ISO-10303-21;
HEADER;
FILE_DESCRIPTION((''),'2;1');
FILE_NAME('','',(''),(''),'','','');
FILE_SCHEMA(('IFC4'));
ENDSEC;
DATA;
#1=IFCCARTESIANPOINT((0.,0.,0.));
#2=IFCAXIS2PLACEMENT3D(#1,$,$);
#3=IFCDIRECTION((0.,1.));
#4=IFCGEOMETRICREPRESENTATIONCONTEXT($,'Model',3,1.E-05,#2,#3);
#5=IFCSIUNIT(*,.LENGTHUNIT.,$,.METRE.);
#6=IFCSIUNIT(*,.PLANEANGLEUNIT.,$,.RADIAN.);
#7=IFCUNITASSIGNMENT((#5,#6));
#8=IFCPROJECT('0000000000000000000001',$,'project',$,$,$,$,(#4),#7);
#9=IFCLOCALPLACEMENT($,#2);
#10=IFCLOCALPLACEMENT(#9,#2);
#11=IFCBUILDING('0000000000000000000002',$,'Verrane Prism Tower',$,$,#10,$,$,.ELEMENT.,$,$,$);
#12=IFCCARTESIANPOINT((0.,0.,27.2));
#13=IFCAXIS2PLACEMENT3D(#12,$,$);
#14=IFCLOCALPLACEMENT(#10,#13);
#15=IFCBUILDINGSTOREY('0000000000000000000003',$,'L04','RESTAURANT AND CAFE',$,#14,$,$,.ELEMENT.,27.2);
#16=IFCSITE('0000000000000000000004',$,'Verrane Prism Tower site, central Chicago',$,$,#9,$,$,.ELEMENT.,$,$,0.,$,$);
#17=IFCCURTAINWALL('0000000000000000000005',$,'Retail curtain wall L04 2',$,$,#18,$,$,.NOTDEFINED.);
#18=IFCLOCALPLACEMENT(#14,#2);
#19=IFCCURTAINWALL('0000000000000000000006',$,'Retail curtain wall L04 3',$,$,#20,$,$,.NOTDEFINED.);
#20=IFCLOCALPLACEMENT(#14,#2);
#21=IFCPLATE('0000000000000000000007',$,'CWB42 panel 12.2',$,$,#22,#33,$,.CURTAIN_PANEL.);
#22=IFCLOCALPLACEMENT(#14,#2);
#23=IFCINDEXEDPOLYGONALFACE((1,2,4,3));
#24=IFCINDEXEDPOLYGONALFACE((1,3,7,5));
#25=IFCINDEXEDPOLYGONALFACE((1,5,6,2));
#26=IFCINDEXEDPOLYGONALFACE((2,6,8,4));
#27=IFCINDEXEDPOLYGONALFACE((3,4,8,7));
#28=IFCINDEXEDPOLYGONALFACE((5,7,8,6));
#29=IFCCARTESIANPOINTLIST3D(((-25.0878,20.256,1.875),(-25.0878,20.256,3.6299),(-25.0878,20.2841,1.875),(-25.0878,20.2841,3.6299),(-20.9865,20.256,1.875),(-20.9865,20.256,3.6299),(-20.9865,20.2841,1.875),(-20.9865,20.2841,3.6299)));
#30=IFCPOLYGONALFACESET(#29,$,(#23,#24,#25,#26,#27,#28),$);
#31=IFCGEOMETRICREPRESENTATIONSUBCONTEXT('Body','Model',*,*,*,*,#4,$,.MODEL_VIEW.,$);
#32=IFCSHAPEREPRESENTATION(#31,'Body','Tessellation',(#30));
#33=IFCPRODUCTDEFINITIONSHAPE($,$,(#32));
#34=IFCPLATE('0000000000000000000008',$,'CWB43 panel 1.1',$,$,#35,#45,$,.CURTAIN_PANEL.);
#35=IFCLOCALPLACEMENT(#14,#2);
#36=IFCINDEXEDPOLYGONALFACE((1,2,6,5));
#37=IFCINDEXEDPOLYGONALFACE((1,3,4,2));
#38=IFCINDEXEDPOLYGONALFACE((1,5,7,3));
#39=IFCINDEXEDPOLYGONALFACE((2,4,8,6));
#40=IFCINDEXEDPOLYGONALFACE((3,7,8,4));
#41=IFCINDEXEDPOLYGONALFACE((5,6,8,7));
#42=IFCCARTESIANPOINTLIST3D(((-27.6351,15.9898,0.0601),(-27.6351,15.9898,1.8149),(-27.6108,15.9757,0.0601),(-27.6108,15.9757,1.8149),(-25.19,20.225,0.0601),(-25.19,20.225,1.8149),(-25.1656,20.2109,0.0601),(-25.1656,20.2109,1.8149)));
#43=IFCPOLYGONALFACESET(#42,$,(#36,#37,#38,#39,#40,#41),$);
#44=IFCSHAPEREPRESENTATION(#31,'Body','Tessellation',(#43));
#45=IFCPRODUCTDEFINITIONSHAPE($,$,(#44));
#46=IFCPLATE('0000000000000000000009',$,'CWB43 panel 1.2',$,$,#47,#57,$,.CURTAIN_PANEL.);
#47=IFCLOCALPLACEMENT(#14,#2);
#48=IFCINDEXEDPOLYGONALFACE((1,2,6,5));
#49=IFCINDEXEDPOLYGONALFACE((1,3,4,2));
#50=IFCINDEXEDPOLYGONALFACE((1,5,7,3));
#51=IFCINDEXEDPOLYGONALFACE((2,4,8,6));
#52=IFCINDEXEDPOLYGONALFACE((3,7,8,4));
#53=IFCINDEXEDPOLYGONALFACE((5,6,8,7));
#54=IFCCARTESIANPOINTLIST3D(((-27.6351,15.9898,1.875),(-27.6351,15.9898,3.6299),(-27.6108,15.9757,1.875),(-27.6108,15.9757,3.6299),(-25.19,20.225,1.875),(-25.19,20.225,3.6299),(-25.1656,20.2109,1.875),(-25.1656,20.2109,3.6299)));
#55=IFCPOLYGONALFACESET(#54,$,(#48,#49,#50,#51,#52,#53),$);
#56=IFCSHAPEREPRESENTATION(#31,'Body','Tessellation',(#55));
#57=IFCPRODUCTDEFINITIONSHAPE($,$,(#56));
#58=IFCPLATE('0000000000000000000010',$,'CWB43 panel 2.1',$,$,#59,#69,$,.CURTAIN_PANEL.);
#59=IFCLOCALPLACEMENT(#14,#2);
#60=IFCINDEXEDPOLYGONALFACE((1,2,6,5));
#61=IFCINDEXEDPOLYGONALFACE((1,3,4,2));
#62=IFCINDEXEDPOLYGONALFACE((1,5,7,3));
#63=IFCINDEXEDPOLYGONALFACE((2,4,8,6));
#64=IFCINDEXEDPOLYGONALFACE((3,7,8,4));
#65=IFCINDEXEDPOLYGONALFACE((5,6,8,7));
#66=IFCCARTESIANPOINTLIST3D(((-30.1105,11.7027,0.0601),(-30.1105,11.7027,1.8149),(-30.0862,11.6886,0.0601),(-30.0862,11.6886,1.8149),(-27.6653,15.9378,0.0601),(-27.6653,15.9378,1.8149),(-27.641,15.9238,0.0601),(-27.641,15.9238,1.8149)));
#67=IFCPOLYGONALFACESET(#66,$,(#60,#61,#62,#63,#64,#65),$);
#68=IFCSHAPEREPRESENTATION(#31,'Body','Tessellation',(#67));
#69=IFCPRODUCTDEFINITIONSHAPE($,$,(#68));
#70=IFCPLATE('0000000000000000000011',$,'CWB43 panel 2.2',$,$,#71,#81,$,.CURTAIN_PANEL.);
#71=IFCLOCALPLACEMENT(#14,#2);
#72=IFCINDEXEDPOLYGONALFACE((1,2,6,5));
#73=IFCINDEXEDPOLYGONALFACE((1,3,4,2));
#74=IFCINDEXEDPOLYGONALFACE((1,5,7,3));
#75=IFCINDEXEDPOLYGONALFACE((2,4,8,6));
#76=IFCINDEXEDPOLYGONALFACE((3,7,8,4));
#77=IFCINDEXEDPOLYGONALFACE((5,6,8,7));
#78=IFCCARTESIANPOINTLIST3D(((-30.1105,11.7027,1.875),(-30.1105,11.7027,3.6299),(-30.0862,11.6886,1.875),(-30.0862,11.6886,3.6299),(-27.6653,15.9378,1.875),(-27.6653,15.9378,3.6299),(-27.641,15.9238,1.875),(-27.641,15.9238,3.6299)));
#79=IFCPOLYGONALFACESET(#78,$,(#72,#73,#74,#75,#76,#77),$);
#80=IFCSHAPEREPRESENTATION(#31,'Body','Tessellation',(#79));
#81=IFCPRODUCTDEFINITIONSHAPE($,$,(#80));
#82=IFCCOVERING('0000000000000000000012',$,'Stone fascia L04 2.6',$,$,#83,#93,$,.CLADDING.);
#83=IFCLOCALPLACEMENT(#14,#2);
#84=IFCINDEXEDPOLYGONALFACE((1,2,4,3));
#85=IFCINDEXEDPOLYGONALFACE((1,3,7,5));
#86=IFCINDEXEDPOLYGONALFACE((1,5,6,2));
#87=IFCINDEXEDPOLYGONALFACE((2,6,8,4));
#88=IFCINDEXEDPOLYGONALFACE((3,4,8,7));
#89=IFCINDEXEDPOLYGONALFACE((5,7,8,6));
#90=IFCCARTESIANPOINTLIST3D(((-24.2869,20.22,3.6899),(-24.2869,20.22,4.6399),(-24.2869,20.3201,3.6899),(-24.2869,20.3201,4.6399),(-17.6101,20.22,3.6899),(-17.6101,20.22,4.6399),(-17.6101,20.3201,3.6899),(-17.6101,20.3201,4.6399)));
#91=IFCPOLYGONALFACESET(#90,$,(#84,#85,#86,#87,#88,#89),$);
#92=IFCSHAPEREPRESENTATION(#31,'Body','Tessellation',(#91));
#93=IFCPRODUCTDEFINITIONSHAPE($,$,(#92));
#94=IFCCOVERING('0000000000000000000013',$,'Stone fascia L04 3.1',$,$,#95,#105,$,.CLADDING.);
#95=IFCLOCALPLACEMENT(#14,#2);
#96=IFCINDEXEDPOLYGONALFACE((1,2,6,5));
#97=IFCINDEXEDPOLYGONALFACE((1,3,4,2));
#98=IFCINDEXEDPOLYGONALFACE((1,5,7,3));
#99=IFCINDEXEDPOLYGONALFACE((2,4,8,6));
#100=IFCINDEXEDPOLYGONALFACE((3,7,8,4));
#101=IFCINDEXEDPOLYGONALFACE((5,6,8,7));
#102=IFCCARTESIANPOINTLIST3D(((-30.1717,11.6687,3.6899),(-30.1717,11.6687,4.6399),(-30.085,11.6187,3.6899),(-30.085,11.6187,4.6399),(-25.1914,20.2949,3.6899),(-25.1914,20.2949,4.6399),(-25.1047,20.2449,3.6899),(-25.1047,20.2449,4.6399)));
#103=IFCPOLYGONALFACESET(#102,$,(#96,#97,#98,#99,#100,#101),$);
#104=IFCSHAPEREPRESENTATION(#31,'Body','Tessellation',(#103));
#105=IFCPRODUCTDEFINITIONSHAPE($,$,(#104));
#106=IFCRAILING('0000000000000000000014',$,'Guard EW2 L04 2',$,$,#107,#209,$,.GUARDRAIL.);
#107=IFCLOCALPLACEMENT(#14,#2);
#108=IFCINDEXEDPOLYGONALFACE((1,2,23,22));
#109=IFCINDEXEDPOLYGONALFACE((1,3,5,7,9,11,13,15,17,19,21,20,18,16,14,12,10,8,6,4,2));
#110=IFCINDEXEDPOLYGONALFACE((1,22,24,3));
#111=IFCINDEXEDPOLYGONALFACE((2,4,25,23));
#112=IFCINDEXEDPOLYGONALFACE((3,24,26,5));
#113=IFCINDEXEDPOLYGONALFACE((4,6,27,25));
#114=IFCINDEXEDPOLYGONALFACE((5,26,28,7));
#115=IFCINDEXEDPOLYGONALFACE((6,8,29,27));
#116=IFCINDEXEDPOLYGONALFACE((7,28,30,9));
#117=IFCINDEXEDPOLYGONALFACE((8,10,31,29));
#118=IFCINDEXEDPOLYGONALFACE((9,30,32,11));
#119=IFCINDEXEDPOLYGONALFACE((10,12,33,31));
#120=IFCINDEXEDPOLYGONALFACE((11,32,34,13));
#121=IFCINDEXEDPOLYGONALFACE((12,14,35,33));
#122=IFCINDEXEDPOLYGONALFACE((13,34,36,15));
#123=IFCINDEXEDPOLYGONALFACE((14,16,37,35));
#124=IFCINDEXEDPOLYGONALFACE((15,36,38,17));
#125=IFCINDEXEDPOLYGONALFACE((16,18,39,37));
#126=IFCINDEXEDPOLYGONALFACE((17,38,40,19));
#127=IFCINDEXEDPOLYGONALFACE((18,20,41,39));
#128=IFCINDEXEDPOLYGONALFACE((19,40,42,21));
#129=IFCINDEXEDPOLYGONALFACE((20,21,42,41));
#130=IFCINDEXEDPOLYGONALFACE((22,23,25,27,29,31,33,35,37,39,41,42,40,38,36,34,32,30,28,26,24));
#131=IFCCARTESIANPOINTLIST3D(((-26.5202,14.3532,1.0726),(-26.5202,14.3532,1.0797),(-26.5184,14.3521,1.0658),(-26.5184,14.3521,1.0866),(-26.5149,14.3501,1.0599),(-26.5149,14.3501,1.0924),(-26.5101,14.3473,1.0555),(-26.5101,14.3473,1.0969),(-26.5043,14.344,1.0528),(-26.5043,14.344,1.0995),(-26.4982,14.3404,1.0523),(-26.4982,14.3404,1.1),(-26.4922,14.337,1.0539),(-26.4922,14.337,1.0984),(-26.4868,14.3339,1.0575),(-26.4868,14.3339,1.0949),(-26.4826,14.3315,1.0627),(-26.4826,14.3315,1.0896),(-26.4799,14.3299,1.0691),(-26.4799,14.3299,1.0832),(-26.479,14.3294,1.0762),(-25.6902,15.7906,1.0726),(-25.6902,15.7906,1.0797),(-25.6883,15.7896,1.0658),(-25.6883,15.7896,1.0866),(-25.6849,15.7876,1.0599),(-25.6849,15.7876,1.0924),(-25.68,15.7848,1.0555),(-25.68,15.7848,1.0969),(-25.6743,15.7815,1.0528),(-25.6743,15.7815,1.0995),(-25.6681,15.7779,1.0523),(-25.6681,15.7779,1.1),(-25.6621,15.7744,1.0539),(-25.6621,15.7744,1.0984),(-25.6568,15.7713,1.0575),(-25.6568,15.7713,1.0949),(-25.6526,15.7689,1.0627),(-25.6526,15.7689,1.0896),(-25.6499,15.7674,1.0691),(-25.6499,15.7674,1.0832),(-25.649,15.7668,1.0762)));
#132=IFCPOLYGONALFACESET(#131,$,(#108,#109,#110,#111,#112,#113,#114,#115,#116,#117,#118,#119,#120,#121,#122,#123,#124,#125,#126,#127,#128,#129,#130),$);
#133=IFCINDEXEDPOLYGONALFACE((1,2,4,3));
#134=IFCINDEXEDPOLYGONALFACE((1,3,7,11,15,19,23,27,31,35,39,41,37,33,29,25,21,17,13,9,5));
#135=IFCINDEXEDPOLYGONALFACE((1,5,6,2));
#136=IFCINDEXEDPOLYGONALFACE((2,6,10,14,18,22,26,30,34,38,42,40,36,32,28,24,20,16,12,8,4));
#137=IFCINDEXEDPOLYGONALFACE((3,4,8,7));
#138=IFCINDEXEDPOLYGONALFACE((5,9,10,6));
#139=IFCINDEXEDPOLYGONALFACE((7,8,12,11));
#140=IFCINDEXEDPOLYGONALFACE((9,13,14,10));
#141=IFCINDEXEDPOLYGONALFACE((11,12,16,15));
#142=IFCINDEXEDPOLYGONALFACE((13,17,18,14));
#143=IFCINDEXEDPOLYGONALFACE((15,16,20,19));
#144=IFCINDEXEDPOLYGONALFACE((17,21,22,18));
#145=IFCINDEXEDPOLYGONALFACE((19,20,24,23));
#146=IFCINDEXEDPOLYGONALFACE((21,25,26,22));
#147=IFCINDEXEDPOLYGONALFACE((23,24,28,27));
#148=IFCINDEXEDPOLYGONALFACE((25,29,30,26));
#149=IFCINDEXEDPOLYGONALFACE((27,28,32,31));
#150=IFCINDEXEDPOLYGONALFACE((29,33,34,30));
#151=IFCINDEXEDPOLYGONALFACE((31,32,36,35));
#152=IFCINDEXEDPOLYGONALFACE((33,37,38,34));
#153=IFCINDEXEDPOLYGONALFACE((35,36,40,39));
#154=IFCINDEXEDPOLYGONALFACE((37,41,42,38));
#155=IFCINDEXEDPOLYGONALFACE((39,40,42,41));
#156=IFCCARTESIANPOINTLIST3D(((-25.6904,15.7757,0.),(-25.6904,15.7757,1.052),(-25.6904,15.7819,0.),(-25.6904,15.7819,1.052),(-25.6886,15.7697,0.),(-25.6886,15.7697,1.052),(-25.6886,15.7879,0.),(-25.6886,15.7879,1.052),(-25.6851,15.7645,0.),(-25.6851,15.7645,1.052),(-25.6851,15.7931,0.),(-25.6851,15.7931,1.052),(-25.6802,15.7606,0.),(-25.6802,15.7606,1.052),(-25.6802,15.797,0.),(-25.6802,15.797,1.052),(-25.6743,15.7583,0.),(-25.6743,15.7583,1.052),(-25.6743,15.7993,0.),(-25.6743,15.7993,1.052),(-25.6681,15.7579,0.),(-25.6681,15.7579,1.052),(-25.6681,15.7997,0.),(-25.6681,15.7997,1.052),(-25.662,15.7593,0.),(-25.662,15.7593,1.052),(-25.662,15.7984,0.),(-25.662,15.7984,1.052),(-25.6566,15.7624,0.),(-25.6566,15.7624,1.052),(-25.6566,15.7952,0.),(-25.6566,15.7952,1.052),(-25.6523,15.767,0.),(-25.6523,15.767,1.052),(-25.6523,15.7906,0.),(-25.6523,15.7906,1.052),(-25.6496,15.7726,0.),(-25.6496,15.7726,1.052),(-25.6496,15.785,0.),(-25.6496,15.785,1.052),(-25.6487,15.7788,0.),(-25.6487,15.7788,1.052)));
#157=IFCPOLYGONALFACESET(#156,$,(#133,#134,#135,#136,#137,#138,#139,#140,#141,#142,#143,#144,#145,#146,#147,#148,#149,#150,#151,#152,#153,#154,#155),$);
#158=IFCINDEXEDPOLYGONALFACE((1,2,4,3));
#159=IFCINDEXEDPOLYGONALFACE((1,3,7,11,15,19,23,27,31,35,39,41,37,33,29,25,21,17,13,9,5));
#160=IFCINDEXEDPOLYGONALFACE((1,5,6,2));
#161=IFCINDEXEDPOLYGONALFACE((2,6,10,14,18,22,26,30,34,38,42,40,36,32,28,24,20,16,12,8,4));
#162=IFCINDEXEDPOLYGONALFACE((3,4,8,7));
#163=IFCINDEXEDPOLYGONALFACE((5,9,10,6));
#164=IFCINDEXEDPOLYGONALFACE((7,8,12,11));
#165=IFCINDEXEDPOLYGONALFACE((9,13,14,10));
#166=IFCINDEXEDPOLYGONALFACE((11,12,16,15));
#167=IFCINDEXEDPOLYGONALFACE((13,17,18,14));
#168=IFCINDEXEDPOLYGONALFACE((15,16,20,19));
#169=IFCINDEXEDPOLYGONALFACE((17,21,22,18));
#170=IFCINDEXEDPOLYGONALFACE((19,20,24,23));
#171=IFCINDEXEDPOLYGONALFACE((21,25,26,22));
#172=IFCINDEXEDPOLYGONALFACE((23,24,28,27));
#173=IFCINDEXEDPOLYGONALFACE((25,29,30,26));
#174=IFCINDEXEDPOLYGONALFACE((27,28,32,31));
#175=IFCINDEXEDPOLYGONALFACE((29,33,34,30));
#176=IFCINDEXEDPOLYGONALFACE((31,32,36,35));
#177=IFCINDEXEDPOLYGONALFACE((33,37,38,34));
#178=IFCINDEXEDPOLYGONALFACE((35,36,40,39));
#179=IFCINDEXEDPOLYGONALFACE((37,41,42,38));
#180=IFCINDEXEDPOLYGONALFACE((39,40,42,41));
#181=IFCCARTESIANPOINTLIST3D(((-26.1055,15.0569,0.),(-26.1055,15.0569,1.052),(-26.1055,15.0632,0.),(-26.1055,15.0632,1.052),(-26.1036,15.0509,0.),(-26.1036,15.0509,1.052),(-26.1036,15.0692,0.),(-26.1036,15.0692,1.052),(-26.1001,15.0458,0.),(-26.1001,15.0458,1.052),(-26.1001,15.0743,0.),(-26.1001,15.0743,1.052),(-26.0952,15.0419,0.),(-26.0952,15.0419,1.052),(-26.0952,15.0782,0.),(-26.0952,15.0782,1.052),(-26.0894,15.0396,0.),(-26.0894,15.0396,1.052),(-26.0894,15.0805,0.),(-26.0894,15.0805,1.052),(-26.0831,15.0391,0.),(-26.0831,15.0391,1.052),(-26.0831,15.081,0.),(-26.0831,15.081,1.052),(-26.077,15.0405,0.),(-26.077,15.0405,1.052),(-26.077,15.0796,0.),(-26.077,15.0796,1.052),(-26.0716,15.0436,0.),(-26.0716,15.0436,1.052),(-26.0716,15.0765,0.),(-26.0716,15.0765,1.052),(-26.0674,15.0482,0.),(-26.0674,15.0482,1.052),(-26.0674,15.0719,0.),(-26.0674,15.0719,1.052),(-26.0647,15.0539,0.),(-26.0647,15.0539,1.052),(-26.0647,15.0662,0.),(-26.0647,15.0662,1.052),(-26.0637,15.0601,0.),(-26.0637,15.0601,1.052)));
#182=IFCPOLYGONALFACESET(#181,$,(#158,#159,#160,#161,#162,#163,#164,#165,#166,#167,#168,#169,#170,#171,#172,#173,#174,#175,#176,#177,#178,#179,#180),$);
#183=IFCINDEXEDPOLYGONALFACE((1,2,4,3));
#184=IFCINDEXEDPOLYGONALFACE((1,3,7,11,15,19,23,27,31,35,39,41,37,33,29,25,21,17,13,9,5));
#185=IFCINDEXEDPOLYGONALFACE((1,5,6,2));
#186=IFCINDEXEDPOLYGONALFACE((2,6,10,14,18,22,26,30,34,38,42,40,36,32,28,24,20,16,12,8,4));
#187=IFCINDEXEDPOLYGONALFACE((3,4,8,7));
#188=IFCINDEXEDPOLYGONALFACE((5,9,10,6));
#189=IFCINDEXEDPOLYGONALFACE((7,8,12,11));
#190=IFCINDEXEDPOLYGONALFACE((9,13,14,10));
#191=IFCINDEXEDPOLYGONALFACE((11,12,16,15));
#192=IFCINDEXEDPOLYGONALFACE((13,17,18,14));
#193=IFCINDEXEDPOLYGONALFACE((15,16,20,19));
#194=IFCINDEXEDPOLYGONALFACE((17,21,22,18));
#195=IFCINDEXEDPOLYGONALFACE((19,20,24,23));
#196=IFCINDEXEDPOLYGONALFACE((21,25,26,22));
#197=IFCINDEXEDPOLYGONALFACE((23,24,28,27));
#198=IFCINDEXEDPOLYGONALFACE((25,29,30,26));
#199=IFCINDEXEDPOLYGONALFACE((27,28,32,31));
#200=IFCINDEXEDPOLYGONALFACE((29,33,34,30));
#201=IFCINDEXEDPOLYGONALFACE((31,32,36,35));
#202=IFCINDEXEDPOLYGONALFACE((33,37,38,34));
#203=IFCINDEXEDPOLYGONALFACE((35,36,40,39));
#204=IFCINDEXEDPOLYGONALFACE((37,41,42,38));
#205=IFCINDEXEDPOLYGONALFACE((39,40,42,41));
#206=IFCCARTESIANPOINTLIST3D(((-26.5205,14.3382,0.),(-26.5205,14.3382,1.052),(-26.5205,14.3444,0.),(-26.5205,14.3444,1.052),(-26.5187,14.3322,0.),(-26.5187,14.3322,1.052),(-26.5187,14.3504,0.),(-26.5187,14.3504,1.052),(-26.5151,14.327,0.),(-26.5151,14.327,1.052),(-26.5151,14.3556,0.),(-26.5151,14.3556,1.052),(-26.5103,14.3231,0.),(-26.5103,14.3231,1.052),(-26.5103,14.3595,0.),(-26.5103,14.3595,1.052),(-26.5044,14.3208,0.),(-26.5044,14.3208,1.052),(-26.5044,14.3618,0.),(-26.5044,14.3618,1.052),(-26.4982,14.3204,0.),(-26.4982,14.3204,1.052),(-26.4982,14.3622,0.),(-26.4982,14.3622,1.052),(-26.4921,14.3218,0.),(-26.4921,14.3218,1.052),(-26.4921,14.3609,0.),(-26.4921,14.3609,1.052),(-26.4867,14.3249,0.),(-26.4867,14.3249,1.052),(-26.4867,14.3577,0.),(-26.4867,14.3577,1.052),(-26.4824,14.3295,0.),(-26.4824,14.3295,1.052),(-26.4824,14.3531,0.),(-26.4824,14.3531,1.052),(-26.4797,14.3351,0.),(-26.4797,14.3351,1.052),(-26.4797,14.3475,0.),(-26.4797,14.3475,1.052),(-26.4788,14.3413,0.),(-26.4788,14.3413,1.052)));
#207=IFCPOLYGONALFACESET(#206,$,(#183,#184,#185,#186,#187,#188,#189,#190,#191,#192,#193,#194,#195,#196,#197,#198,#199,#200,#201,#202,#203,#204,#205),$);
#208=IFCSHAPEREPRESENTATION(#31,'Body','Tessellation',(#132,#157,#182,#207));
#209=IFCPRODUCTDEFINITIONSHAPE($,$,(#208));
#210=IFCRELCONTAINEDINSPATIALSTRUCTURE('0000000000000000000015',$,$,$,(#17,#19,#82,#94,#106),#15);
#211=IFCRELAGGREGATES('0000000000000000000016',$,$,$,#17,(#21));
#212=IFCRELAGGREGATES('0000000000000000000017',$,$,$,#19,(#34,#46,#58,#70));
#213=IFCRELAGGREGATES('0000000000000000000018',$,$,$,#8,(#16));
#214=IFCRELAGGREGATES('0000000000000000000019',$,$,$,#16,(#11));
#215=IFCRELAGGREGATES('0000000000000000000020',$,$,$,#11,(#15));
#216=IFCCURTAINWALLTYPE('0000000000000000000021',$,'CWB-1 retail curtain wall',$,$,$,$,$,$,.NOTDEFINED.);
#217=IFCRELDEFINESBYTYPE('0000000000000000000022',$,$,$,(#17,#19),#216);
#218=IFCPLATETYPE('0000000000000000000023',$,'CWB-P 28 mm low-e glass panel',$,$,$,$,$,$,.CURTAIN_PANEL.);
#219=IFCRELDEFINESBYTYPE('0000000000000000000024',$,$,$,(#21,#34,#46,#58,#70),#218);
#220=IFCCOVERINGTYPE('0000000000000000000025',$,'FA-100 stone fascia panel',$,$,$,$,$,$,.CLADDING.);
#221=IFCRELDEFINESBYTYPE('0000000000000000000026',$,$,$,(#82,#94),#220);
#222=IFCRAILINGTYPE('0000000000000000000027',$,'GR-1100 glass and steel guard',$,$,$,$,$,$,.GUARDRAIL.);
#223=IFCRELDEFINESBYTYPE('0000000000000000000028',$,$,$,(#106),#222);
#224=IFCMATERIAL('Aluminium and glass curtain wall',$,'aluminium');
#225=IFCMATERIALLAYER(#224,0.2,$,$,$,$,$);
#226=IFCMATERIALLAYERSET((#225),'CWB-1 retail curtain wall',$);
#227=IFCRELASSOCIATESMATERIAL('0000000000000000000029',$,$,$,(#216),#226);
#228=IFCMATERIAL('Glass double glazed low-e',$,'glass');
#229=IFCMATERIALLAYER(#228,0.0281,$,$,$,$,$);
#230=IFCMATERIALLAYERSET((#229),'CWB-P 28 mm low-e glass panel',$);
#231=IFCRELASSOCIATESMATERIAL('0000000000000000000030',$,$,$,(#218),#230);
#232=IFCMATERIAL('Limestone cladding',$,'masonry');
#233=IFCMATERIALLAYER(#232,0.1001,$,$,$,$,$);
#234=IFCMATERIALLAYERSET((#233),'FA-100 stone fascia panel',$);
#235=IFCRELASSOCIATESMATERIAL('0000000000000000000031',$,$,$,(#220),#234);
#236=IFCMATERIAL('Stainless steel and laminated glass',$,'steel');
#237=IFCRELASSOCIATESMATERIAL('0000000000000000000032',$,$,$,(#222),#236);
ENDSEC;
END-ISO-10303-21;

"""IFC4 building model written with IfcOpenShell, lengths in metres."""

from ifc_helpers import new_model, si_unit, direction, frame, origin, origin_2d, place, context, subcontext, project, spatial, rectangle, circle, extrude, material, layer, layer_set, type_object, element, aggregate, save


model = new_model("IFC4")

# Units and contexts
model_context = context("Model", 3, precision=1e-05, world=origin(), true_north=direction((0.0, 1.0)))
body_context = subcontext(model_context, "Body", "Model", "MODEL_VIEW")
ifc_project = project(units=[si_unit("LENGTHUNIT", "METRE"), si_unit("PLANEANGLEUNIT", "RADIAN")], contexts=[model_context])

# Site, building, storey
site_placement = place(None, origin())
site = spatial("IfcSite", under=ifc_project, at=site_placement, Name="Verrane Prism Tower site, central Chicago", CompositionType="ELEMENT", RefElevation=0.0)
building_placement = place(site_placement, origin())
building = spatial("IfcBuilding", under=site, at=building_placement, Name="Verrane Prism Tower", CompositionType="ELEMENT")
storey_placement = place(building_placement, frame((0.0, 0.0, 27.2)))
storey = spatial("IfcBuildingStorey", under=building, at=storey_placement, Name="L04", Description="RESTAURANT AND CAFE", CompositionType="ELEMENT", Elevation=27.2)

# Curtain walls
ifc_material_1 = material(Name="Aluminium and glass curtain wall", Category="aluminium")
ifc_layer_1 = layer(ifc_material_1, 0.2)
ifc_layer_set_1 = layer_set([ifc_layer_1], Name="CWB-1 retail curtain wall")
curtain_wall_type = type_object("IfcCurtainWallType", Name="CWB-1 retail curtain wall", PredefinedType="NOTDEFINED", material=ifc_layer_set_1)
curtain_wall_1_placement = place(storey_placement, origin())
curtain_wall_1 = element("IfcCurtainWall", 1, at=curtain_wall_1_placement, inside=storey, type_object=curtain_wall_type, Name="Retail curtain wall L04 2", PredefinedType="NOTDEFINED")
curtain_wall_2_placement = place(storey_placement, origin())
curtain_wall_2 = element("IfcCurtainWall", 2, at=curtain_wall_2_placement, inside=storey, type_object=curtain_wall_type, Name="Retail curtain wall L04 3", PredefinedType="NOTDEFINED")

# Plates
ifc_material_2 = material(Name="Glass double glazed low-e", Category="glass")
ifc_layer_2 = layer(ifc_material_2, 0.0281)
ifc_layer_set_2 = layer_set([ifc_layer_2], Name="CWB-P 28 mm low-e glass panel")
plate_type = type_object("IfcPlateType", Name="CWB-P 28 mm low-e glass panel", PredefinedType="CURTAIN_PANEL", material=ifc_layer_set_2)
plate_1_placement = place(storey_placement, frame((-23.0371, 20.27, 1.875), z_axis=(0.0, 0.0, 1.0), x_axis=(-1.0, 0.0, 0.0)))
plate_1 = element("IfcPlate", 3, at=plate_1_placement, type_object=plate_type, Name="CWB42 panel 12.2", PredefinedType="CURTAIN_PANEL", context=body_context, shape_type="SweptSolid", body=[
    extrude(rectangle(XDim=4.1013, YDim=0.0281, at=origin_2d()), origin(), (0.0, 0.0, 1.0), 1.7549),
])
aggregate(curtain_wall_1, [plate_1])
plate_2_placement = place(storey_placement, frame((-26.4004, 18.1003, 0.0601), z_axis=(0.0, 0.0, 1.0), x_axis=(-0.499999, -0.866026, 0.0)))
plate_2 = element("IfcPlate", 4, at=plate_2_placement, type_object=plate_type, Name="CWB43 panel 1.1", PredefinedType="CURTAIN_PANEL", context=body_context, shape_type="SweptSolid", body=[
    extrude(rectangle(XDim=4.8904, YDim=0.0281, at=origin_2d()), origin(), (0.0, 0.0, 1.0), 1.7549),
])
plate_3_placement = place(storey_placement, frame((-26.4004, 18.1003, 1.875), z_axis=(0.0, 0.0, 1.0), x_axis=(-0.499999, -0.866026, 0.0)))
plate_3 = element("IfcPlate", 5, at=plate_3_placement, type_object=plate_type, Name="CWB43 panel 1.2", PredefinedType="CURTAIN_PANEL", context=body_context, shape_type="SweptSolid", body=[
    extrude(rectangle(XDim=4.8904, YDim=0.0281, at=origin_2d()), origin(), (0.0, 0.0, 1.0), 1.7549),
])
plate_4_placement = place(storey_placement, frame((-28.8757, 13.8132, 0.0601), z_axis=(0.0, 0.0, 1.0), x_axis=(-0.499999, -0.866026, 0.0)))
plate_4 = element("IfcPlate", 6, at=plate_4_placement, type_object=plate_type, Name="CWB43 panel 2.1", PredefinedType="CURTAIN_PANEL", context=body_context, shape_type="SweptSolid", body=[
    extrude(rectangle(XDim=4.8904, YDim=0.0281, at=origin_2d()), origin(), (0.0, 0.0, 1.0), 1.7549),
])
plate_5_placement = place(storey_placement, frame((-28.8757, 13.8132, 1.875), z_axis=(0.0, 0.0, 1.0), x_axis=(-0.499999, -0.866026, 0.0)))
plate_5 = element("IfcPlate", 7, at=plate_5_placement, type_object=plate_type, Name="CWB43 panel 2.2", PredefinedType="CURTAIN_PANEL", context=body_context, shape_type="SweptSolid", body=[
    extrude(rectangle(XDim=4.8904, YDim=0.0281, at=origin_2d()), origin(), (0.0, 0.0, 1.0), 1.7549),
])
aggregate(curtain_wall_2, [plate_2, plate_3, plate_4, plate_5])

# Coverings
ifc_material_3 = material(Name="Limestone cladding", Category="masonry")
ifc_layer_3 = layer(ifc_material_3, 0.1001)
ifc_layer_set_3 = layer_set([ifc_layer_3], Name="FA-100 stone fascia panel")
covering_type = type_object("IfcCoveringType", Name="FA-100 stone fascia panel", PredefinedType="CLADDING", material=ifc_layer_set_3)
covering_1_placement = place(storey_placement, frame((-20.9485, 20.27, 3.6899), z_axis=(0.0, 0.0, 1.0), x_axis=(-1.0, 0.0, 0.0)))
element("IfcCovering", 8, at=covering_1_placement, inside=storey, type_object=covering_type, Name="Stone fascia L04 2.6", PredefinedType="CLADDING", context=body_context, shape_type="SweptSolid", body=[
    extrude(rectangle(XDim=6.6768, YDim=0.1001, at=origin_2d()), origin(), (0.0, 0.0, 1.0), 0.95),
])
covering_2_placement = place(storey_placement, frame((-27.6382, 15.9568, 3.6899), z_axis=(0.0, 0.0, 1.0), x_axis=(-0.499999, -0.866026, 0.0)))
element("IfcCovering", 9, at=covering_2_placement, inside=storey, type_object=covering_type, Name="Stone fascia L04 3.1", PredefinedType="CLADDING", context=body_context, shape_type="SweptSolid", body=[
    extrude(rectangle(XDim=9.9607, YDim=0.1001, at=origin_2d()), origin(), (0.0, 0.0, 1.0), 0.95),
])

# Railing
ifc_material_4 = material(Name="Stainless steel and laminated glass", Category="steel")
railing_type = type_object("IfcRailingType", Name="GR-1100 glass and steel guard", PredefinedType="GUARDRAIL", material=ifc_material_4)
railing_1_placement = place(storey_placement, frame((-25.6697, 15.7788, 0.0)))
element("IfcRailing", 10, at=railing_1_placement, inside=storey, type_object=railing_type, Name="Guard EW2 L04 2", PredefinedType="GUARDRAIL", context=body_context, shape_type="SweptSolid", body=[
    extrude(circle(Radius=0.0239, at=origin_2d()), frame((0.0, 0.0, 1.0762), z_axis=(-0.500062, -0.86599, 0.0), x_axis=(0.86599, -0.500062, 0.0)), (0.0, 0.0, 1.0), 1.6599),
    extrude(circle(Radius=0.021, at=origin_2d()), origin(), (0.0, 0.0, 1.0), 1.052),
    extrude(circle(Radius=0.021, at=origin_2d()), frame((-0.415, -0.7188, 0.0)), (0.0, 0.0, 1.0), 1.052),
    extrude(circle(Radius=0.021, at=origin_2d()), frame((-0.8301, -1.4375, 0.0)), (0.0, 0.0, 1.0), 1.052),
])

save(model, "model.ifc")
